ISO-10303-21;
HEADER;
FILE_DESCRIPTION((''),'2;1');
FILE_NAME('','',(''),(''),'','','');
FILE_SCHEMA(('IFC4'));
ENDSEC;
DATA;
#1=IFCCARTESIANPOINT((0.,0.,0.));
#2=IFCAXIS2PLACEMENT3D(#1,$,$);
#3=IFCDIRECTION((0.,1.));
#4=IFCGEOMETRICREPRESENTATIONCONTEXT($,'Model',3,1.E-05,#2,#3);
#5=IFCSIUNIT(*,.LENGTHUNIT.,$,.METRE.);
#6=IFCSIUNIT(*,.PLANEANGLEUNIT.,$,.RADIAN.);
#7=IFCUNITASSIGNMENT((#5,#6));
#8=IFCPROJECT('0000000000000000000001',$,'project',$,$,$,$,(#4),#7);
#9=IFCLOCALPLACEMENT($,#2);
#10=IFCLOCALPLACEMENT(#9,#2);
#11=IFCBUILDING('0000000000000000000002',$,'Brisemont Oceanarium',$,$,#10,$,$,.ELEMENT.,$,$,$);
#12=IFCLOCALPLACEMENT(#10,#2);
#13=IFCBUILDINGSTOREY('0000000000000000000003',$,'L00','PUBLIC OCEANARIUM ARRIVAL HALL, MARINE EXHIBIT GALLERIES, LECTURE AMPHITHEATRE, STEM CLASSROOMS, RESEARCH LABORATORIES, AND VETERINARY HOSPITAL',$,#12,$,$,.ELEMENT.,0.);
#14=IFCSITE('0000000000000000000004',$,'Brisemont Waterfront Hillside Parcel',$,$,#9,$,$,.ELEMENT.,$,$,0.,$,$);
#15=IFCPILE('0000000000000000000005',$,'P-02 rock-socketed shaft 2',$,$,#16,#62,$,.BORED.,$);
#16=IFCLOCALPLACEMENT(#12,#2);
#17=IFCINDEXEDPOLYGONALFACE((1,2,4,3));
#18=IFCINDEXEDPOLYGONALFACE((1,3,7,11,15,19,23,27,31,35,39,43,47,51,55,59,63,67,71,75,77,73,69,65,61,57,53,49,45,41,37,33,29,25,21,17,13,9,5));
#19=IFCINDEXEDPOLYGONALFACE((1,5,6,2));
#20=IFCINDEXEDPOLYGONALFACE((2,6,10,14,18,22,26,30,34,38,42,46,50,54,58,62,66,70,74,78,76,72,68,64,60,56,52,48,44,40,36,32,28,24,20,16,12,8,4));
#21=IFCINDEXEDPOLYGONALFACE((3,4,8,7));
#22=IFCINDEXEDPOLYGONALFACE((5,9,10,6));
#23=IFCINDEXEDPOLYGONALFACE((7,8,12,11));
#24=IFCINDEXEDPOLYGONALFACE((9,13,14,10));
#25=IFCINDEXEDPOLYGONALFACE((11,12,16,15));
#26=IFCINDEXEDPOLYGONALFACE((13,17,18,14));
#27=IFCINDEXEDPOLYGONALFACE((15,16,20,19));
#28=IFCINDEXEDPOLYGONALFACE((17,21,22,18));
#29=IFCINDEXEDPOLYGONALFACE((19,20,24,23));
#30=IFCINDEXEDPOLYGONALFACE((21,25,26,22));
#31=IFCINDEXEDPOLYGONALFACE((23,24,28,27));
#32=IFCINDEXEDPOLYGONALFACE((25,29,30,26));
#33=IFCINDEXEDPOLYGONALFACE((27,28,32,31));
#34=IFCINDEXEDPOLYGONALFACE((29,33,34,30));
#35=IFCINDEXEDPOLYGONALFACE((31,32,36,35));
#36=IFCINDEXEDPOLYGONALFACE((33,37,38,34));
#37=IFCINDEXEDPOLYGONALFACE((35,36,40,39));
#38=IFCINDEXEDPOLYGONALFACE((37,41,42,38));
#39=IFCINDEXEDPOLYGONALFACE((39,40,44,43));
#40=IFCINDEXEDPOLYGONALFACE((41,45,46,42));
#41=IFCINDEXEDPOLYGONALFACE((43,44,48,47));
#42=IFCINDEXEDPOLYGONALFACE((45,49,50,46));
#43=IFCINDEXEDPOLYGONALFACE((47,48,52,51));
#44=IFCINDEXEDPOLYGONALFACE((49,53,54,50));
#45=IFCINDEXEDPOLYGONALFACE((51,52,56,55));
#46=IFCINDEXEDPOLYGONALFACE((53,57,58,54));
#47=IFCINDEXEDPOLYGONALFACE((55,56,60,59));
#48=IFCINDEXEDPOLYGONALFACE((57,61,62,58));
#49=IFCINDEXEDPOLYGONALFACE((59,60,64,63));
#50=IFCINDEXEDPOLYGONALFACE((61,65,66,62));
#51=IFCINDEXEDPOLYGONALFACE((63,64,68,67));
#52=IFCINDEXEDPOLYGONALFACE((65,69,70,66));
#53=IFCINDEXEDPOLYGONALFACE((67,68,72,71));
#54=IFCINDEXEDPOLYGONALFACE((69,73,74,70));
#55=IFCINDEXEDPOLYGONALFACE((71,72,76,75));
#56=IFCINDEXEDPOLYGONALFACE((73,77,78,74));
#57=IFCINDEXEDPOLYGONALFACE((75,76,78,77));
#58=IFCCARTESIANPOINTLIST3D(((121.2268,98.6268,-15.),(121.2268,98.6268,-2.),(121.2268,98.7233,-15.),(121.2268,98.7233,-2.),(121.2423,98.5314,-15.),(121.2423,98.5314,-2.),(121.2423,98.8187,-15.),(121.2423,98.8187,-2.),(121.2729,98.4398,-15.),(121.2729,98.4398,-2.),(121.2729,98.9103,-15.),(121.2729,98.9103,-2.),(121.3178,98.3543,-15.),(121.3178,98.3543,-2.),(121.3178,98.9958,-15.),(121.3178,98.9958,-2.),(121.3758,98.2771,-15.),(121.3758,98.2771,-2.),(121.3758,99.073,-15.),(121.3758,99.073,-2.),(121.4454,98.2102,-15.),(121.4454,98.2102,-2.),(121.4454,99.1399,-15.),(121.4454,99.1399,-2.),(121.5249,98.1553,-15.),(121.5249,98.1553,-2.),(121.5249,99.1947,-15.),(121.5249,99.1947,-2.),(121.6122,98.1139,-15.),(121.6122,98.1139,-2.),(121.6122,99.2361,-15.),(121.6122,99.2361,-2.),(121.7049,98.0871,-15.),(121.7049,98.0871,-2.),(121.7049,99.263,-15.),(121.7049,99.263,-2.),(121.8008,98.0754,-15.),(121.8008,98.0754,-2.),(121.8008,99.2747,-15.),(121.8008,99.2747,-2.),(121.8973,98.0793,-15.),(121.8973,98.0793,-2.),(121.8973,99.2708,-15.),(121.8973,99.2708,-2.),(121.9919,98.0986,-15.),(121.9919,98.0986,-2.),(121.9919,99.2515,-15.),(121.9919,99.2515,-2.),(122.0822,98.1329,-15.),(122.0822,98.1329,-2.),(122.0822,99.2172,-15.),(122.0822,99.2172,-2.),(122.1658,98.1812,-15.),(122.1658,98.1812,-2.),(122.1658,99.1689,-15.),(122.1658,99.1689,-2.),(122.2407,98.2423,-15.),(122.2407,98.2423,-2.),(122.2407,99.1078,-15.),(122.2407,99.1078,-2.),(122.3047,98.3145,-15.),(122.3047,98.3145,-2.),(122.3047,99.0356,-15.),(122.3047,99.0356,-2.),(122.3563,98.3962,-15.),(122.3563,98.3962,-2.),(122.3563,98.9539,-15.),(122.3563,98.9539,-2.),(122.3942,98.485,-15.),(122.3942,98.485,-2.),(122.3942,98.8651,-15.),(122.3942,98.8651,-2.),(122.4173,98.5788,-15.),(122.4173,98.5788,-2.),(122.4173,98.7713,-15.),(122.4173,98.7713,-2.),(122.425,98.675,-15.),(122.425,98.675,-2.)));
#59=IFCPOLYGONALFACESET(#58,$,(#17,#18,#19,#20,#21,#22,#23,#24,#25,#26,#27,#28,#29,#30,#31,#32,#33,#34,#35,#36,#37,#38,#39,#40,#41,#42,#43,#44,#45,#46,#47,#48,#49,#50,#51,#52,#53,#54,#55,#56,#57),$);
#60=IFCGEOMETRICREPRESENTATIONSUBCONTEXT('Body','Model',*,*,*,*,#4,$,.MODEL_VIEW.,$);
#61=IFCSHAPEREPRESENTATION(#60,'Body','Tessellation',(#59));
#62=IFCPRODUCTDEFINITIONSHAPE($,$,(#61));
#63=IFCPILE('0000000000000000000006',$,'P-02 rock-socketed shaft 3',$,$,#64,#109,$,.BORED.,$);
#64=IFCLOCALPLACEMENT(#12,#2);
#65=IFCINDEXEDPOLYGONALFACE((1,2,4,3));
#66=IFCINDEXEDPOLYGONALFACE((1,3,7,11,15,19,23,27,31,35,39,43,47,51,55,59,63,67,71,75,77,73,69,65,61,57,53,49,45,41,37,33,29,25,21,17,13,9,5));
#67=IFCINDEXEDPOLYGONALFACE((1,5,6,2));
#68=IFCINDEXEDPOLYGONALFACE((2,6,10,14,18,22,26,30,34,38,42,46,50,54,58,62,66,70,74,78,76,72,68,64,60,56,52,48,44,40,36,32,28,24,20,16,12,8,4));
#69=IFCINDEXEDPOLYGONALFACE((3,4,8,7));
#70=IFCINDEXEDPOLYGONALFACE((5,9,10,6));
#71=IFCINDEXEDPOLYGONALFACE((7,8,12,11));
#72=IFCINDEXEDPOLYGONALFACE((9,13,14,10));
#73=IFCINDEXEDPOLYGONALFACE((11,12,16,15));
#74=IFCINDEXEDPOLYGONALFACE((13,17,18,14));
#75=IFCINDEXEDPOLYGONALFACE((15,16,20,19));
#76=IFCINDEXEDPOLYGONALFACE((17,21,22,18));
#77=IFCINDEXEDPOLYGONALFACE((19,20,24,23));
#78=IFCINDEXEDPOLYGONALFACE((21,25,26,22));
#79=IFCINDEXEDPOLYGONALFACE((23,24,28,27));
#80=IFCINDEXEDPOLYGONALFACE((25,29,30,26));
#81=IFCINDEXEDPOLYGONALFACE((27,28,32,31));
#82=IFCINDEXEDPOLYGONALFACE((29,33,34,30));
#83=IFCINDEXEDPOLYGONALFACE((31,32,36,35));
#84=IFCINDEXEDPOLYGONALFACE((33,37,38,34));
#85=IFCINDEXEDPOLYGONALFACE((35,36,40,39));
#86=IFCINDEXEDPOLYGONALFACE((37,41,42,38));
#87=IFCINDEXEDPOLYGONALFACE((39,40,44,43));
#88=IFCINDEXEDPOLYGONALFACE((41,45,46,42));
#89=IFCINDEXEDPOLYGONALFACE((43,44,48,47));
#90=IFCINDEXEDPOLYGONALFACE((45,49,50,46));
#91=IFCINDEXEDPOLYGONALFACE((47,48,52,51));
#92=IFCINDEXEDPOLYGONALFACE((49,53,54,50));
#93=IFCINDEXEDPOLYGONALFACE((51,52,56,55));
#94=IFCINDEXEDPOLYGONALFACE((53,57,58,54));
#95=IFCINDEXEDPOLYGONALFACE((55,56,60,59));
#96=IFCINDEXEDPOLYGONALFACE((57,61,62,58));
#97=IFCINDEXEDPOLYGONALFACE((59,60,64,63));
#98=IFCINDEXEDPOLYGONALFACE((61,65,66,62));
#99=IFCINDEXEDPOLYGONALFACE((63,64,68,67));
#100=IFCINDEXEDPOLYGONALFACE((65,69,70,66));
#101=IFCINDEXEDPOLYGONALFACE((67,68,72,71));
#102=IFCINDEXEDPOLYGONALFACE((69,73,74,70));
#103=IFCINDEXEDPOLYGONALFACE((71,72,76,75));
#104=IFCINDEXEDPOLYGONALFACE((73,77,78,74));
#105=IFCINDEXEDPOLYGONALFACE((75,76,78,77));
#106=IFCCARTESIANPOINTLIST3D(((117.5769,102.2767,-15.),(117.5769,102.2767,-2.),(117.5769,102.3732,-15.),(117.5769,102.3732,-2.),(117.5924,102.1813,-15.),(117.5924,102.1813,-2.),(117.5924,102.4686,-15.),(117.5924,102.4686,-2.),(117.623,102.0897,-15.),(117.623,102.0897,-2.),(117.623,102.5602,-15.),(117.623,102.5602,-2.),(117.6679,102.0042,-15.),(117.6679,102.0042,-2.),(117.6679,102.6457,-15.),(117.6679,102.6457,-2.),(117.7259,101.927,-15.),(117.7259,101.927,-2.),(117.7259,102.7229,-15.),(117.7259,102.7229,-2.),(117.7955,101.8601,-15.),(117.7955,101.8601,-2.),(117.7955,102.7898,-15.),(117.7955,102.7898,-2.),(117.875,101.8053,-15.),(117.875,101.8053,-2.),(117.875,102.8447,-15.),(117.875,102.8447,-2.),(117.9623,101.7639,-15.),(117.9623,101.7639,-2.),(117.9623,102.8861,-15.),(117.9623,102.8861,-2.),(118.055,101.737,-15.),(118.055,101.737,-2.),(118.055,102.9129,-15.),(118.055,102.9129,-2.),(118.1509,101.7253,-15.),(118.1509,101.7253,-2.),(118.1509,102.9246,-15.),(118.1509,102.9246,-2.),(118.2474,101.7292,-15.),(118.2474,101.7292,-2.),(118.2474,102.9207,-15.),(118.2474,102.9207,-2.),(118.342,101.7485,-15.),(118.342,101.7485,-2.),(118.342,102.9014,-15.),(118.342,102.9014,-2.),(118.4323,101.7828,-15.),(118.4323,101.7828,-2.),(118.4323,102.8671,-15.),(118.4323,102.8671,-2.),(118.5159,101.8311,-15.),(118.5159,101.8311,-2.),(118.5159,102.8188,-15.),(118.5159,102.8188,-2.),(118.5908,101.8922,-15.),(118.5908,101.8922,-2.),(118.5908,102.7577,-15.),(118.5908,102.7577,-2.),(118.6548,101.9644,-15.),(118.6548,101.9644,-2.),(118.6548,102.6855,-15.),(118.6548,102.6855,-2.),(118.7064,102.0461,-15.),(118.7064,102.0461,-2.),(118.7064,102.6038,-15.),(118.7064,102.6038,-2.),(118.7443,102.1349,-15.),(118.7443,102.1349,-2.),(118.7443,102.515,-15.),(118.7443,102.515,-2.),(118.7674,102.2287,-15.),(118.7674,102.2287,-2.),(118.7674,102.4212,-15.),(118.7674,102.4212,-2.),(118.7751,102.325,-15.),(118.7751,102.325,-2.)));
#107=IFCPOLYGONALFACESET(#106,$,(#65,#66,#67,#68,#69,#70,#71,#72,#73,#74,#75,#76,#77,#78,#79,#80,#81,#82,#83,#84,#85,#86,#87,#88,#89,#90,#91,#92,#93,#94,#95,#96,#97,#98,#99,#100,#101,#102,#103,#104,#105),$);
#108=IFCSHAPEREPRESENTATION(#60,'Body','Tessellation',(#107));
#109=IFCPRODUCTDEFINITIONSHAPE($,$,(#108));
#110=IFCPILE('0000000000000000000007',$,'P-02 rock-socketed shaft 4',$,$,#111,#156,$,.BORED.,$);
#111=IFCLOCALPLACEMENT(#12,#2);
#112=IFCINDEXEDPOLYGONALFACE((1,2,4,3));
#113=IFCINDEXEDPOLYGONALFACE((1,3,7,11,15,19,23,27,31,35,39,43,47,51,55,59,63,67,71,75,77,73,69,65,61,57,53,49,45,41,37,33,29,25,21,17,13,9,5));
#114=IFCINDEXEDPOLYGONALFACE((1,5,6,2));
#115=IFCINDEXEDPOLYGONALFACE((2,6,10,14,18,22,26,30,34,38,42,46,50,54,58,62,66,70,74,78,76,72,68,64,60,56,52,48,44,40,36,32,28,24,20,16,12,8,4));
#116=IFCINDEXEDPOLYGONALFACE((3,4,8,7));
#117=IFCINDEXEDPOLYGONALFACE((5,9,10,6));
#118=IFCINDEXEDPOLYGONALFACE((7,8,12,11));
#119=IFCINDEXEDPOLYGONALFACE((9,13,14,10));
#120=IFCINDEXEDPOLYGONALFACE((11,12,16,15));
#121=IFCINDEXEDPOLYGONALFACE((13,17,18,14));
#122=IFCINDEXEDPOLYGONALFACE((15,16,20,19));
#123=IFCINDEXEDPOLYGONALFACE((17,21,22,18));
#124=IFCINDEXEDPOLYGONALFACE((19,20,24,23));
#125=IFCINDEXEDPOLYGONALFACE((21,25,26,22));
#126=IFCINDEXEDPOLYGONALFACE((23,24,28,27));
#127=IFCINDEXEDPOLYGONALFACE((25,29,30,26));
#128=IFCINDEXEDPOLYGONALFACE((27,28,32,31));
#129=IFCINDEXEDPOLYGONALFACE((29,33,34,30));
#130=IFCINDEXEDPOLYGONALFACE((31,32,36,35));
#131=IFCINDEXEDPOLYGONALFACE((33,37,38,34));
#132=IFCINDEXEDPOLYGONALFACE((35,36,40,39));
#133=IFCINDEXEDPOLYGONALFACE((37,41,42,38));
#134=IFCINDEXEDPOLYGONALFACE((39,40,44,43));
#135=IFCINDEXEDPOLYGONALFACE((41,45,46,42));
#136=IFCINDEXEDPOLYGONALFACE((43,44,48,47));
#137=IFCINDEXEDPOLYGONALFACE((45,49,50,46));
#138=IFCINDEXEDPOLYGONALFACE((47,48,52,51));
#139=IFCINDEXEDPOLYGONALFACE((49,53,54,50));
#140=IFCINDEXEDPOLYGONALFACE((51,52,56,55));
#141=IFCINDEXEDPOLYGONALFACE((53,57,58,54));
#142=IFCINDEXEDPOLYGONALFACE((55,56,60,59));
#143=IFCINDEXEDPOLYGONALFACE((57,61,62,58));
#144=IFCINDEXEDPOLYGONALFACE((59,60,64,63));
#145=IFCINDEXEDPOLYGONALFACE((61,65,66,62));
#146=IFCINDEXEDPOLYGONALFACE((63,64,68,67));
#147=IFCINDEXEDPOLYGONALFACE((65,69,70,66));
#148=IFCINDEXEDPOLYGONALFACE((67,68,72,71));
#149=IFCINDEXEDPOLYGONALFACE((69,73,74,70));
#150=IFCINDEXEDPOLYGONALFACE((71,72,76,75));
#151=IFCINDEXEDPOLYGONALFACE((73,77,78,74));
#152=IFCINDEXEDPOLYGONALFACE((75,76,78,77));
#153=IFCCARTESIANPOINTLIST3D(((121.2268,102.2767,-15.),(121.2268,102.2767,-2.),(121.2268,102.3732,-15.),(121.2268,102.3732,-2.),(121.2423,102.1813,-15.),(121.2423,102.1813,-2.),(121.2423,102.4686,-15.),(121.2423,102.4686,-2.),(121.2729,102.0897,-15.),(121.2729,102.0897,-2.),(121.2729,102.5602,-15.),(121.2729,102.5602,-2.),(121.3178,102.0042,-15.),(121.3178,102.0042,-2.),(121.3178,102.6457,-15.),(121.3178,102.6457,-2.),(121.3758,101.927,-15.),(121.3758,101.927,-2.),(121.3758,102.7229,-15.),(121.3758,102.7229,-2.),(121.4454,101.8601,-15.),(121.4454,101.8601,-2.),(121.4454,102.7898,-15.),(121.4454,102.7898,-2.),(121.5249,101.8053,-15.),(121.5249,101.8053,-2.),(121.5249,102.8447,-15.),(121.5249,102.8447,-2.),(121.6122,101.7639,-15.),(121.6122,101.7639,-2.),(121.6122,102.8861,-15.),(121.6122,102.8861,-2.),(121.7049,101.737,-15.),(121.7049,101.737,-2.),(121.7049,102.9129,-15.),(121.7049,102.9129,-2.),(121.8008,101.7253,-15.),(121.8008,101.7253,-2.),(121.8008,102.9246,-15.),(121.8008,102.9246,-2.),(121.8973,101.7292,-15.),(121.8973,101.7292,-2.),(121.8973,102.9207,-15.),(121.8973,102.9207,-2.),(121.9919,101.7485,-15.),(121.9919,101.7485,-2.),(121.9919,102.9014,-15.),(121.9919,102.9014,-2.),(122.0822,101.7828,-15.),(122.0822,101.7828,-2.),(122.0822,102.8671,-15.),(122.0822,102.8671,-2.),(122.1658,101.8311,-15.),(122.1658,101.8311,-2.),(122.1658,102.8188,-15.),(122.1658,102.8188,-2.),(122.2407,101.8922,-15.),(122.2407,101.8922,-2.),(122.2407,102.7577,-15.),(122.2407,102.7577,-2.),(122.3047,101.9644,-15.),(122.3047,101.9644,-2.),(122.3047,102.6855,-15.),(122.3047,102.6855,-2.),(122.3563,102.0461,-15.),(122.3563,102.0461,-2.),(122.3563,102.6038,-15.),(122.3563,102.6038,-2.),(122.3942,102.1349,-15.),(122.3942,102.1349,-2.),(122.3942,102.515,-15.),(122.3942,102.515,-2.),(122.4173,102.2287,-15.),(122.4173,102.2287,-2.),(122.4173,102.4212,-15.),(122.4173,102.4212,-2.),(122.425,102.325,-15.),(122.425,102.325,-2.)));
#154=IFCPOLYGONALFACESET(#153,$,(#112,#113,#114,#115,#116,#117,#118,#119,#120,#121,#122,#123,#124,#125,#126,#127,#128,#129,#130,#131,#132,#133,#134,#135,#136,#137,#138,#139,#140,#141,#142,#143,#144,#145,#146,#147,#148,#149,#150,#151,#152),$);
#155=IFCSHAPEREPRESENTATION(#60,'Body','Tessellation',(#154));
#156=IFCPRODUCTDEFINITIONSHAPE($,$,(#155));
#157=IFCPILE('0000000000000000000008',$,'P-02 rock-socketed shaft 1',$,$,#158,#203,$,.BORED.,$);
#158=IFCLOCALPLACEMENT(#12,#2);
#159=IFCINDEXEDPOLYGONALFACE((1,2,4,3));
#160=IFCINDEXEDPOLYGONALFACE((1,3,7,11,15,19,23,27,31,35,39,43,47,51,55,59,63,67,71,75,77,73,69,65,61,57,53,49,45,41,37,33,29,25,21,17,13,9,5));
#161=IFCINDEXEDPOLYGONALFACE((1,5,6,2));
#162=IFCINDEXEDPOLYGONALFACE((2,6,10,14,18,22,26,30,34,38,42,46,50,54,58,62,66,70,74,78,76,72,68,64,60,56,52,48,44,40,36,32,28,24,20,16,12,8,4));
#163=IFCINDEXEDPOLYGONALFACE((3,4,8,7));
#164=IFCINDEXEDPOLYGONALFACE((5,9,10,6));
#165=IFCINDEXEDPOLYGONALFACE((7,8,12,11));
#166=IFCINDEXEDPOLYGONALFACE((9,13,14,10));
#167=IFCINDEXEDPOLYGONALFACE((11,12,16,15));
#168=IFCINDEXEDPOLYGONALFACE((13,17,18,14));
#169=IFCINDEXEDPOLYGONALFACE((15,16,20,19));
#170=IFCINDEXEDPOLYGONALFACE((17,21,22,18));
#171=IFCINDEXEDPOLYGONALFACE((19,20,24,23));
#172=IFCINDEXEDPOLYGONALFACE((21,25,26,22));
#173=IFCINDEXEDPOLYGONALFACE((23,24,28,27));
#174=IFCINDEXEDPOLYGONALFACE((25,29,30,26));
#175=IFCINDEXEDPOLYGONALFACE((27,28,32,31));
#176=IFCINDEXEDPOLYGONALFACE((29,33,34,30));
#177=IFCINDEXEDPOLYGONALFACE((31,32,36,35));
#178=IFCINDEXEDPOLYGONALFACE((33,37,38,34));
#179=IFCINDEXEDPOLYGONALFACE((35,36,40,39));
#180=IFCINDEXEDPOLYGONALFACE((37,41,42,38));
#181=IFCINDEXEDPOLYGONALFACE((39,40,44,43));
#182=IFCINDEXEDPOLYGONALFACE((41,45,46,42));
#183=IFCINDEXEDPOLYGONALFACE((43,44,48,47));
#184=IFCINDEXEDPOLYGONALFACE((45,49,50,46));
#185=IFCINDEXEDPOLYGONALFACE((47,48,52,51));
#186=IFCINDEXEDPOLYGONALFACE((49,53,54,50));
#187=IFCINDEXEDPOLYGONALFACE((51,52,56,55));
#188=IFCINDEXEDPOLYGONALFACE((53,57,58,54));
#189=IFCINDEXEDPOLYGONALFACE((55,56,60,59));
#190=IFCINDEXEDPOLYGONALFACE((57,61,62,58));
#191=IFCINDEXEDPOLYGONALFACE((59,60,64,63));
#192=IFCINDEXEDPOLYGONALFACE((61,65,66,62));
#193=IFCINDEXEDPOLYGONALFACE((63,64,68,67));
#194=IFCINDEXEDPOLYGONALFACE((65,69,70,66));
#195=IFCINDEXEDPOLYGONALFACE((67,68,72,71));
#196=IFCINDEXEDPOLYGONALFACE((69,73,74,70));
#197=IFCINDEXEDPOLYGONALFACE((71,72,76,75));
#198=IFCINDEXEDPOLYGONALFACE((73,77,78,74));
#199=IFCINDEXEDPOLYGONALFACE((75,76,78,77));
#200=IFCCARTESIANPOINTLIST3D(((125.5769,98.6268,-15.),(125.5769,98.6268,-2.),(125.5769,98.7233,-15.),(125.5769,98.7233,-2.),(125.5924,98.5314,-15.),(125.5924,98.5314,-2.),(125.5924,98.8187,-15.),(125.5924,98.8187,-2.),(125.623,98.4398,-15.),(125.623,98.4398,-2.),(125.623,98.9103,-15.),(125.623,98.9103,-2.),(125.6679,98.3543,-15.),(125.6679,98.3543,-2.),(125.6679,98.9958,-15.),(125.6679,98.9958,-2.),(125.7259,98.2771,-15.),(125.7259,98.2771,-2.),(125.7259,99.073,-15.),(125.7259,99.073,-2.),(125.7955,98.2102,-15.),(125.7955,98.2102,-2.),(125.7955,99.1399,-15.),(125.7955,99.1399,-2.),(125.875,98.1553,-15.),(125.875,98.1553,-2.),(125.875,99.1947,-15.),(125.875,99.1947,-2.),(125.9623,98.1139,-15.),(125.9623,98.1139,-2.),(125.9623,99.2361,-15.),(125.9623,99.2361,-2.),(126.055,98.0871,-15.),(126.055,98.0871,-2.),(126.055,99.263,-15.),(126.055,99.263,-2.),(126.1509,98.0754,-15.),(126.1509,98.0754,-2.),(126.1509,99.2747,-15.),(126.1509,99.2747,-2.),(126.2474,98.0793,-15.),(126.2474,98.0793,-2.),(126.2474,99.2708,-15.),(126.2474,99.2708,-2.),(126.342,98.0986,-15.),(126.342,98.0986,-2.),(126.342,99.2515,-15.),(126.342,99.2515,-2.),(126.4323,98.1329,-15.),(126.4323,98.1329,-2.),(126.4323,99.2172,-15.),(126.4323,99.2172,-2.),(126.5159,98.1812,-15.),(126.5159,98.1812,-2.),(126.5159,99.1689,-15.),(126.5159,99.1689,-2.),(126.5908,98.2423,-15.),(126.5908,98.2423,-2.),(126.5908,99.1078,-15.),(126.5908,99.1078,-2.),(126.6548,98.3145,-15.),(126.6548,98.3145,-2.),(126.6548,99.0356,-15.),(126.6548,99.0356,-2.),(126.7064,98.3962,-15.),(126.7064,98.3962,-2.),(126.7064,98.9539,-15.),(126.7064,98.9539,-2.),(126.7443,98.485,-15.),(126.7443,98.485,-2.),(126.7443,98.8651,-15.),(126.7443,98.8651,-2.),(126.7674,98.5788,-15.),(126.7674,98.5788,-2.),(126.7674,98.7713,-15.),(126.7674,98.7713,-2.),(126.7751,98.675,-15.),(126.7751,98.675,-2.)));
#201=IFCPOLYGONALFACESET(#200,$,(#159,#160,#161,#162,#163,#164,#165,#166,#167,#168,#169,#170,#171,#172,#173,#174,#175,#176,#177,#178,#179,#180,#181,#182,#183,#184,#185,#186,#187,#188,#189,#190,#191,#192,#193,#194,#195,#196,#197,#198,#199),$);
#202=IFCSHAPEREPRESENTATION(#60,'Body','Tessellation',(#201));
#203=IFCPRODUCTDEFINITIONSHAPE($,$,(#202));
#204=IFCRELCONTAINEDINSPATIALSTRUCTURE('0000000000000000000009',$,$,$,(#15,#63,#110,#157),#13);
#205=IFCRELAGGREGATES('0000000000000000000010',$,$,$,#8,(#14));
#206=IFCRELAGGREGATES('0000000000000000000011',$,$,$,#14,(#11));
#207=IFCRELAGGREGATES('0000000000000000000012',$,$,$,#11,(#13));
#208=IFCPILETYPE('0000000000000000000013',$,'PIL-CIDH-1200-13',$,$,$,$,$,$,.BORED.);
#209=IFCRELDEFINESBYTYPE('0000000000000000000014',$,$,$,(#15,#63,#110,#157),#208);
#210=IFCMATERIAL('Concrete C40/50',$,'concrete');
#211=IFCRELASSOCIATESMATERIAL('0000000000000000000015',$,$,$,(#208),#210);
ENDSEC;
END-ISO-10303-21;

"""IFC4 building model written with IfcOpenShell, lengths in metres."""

from ifc_helpers import new_model, si_unit, direction, frame, origin, origin_2d, place, context, subcontext, project, spatial, circle, extrude, material, material_profile, profile_set, type_object, element, save


model = new_model("IFC4")

# Units and contexts
model_context = context("Model", 3, precision=1e-05, world=origin(), true_north=direction((0.0, 1.0)))
body_context = subcontext(model_context, "Body", "Model", "MODEL_VIEW")
ifc_project = project(units=[si_unit("LENGTHUNIT", "METRE"), si_unit("PLANEANGLEUNIT", "RADIAN")], contexts=[model_context])

# Site, building, storey
site_placement = place(None, origin())
site = spatial("IfcSite", under=ifc_project, at=site_placement, Name="Brisemont Waterfront Hillside Parcel", CompositionType="ELEMENT", RefElevation=0.0)
building_placement = place(site_placement, origin())
building = spatial("IfcBuilding", under=site, at=building_placement, Name="Brisemont Oceanarium", CompositionType="ELEMENT")
storey_placement = place(building_placement, origin())
storey = spatial("IfcBuildingStorey", under=building, at=storey_placement, Name="L00", Description="PUBLIC OCEANARIUM ARRIVAL HALL, MARINE EXHIBIT GALLERIES, LECTURE AMPHITHEATRE, STEM CLASSROOMS, RESEARCH LABORATORIES, AND VETERINARY HOSPITAL", CompositionType="ELEMENT", Elevation=0.0)

# Piles
ifc_material_1 = material(Name="Concrete C40/50", Category="concrete")
ifc_material_profile_1 = material_profile(ifc_material_1, circle(Radius=0.6001, at=origin_2d()), Name="CIDH-D1200")
ifc_profile_set_1 = profile_set([ifc_material_profile_1], Name="Concrete C40/50")
pile_type_1 = type_object("IfcPileType", Name="PIL-CIDH-1200-13", PredefinedType="BORED", material=ifc_profile_set_1)
for number, where, z_axis, x_axis, name in (
    (1, (121.825, 98.675, -2.0), (0.0, 0.0, -1.0), (1.0, 0.0, 0.0), "P-02 rock-socketed shaft 2"),
    (2, (118.175, 102.325, -2.0), (0.0, 0.0, -1.0), (1.0, 0.0, 0.0), "P-02 rock-socketed shaft 3"),
    (3, (121.825, 102.325, -2.0), (0.0, 0.0, -1.0), (1.0, 0.0, 0.0), "P-02 rock-socketed shaft 4"),
    (4, (126.175, 98.675, -2.0), (0.0, 0.0, -1.0), (1.0, 0.0, 0.0), "P-02 rock-socketed shaft 1"),
):
    element("IfcPile", number, at=place(storey_placement, frame(where, z_axis=z_axis, x_axis=x_axis)), inside=storey, type_object=pile_type_1, Name=name, PredefinedType="BORED", context=body_context, shape_type="SweptSolid", body=[
        extrude(circle(Radius=0.6001, at=origin_2d()), origin(), (0.0, 0.0, 1.0), 13.0),
    ])

save(model, "model.ifc")
